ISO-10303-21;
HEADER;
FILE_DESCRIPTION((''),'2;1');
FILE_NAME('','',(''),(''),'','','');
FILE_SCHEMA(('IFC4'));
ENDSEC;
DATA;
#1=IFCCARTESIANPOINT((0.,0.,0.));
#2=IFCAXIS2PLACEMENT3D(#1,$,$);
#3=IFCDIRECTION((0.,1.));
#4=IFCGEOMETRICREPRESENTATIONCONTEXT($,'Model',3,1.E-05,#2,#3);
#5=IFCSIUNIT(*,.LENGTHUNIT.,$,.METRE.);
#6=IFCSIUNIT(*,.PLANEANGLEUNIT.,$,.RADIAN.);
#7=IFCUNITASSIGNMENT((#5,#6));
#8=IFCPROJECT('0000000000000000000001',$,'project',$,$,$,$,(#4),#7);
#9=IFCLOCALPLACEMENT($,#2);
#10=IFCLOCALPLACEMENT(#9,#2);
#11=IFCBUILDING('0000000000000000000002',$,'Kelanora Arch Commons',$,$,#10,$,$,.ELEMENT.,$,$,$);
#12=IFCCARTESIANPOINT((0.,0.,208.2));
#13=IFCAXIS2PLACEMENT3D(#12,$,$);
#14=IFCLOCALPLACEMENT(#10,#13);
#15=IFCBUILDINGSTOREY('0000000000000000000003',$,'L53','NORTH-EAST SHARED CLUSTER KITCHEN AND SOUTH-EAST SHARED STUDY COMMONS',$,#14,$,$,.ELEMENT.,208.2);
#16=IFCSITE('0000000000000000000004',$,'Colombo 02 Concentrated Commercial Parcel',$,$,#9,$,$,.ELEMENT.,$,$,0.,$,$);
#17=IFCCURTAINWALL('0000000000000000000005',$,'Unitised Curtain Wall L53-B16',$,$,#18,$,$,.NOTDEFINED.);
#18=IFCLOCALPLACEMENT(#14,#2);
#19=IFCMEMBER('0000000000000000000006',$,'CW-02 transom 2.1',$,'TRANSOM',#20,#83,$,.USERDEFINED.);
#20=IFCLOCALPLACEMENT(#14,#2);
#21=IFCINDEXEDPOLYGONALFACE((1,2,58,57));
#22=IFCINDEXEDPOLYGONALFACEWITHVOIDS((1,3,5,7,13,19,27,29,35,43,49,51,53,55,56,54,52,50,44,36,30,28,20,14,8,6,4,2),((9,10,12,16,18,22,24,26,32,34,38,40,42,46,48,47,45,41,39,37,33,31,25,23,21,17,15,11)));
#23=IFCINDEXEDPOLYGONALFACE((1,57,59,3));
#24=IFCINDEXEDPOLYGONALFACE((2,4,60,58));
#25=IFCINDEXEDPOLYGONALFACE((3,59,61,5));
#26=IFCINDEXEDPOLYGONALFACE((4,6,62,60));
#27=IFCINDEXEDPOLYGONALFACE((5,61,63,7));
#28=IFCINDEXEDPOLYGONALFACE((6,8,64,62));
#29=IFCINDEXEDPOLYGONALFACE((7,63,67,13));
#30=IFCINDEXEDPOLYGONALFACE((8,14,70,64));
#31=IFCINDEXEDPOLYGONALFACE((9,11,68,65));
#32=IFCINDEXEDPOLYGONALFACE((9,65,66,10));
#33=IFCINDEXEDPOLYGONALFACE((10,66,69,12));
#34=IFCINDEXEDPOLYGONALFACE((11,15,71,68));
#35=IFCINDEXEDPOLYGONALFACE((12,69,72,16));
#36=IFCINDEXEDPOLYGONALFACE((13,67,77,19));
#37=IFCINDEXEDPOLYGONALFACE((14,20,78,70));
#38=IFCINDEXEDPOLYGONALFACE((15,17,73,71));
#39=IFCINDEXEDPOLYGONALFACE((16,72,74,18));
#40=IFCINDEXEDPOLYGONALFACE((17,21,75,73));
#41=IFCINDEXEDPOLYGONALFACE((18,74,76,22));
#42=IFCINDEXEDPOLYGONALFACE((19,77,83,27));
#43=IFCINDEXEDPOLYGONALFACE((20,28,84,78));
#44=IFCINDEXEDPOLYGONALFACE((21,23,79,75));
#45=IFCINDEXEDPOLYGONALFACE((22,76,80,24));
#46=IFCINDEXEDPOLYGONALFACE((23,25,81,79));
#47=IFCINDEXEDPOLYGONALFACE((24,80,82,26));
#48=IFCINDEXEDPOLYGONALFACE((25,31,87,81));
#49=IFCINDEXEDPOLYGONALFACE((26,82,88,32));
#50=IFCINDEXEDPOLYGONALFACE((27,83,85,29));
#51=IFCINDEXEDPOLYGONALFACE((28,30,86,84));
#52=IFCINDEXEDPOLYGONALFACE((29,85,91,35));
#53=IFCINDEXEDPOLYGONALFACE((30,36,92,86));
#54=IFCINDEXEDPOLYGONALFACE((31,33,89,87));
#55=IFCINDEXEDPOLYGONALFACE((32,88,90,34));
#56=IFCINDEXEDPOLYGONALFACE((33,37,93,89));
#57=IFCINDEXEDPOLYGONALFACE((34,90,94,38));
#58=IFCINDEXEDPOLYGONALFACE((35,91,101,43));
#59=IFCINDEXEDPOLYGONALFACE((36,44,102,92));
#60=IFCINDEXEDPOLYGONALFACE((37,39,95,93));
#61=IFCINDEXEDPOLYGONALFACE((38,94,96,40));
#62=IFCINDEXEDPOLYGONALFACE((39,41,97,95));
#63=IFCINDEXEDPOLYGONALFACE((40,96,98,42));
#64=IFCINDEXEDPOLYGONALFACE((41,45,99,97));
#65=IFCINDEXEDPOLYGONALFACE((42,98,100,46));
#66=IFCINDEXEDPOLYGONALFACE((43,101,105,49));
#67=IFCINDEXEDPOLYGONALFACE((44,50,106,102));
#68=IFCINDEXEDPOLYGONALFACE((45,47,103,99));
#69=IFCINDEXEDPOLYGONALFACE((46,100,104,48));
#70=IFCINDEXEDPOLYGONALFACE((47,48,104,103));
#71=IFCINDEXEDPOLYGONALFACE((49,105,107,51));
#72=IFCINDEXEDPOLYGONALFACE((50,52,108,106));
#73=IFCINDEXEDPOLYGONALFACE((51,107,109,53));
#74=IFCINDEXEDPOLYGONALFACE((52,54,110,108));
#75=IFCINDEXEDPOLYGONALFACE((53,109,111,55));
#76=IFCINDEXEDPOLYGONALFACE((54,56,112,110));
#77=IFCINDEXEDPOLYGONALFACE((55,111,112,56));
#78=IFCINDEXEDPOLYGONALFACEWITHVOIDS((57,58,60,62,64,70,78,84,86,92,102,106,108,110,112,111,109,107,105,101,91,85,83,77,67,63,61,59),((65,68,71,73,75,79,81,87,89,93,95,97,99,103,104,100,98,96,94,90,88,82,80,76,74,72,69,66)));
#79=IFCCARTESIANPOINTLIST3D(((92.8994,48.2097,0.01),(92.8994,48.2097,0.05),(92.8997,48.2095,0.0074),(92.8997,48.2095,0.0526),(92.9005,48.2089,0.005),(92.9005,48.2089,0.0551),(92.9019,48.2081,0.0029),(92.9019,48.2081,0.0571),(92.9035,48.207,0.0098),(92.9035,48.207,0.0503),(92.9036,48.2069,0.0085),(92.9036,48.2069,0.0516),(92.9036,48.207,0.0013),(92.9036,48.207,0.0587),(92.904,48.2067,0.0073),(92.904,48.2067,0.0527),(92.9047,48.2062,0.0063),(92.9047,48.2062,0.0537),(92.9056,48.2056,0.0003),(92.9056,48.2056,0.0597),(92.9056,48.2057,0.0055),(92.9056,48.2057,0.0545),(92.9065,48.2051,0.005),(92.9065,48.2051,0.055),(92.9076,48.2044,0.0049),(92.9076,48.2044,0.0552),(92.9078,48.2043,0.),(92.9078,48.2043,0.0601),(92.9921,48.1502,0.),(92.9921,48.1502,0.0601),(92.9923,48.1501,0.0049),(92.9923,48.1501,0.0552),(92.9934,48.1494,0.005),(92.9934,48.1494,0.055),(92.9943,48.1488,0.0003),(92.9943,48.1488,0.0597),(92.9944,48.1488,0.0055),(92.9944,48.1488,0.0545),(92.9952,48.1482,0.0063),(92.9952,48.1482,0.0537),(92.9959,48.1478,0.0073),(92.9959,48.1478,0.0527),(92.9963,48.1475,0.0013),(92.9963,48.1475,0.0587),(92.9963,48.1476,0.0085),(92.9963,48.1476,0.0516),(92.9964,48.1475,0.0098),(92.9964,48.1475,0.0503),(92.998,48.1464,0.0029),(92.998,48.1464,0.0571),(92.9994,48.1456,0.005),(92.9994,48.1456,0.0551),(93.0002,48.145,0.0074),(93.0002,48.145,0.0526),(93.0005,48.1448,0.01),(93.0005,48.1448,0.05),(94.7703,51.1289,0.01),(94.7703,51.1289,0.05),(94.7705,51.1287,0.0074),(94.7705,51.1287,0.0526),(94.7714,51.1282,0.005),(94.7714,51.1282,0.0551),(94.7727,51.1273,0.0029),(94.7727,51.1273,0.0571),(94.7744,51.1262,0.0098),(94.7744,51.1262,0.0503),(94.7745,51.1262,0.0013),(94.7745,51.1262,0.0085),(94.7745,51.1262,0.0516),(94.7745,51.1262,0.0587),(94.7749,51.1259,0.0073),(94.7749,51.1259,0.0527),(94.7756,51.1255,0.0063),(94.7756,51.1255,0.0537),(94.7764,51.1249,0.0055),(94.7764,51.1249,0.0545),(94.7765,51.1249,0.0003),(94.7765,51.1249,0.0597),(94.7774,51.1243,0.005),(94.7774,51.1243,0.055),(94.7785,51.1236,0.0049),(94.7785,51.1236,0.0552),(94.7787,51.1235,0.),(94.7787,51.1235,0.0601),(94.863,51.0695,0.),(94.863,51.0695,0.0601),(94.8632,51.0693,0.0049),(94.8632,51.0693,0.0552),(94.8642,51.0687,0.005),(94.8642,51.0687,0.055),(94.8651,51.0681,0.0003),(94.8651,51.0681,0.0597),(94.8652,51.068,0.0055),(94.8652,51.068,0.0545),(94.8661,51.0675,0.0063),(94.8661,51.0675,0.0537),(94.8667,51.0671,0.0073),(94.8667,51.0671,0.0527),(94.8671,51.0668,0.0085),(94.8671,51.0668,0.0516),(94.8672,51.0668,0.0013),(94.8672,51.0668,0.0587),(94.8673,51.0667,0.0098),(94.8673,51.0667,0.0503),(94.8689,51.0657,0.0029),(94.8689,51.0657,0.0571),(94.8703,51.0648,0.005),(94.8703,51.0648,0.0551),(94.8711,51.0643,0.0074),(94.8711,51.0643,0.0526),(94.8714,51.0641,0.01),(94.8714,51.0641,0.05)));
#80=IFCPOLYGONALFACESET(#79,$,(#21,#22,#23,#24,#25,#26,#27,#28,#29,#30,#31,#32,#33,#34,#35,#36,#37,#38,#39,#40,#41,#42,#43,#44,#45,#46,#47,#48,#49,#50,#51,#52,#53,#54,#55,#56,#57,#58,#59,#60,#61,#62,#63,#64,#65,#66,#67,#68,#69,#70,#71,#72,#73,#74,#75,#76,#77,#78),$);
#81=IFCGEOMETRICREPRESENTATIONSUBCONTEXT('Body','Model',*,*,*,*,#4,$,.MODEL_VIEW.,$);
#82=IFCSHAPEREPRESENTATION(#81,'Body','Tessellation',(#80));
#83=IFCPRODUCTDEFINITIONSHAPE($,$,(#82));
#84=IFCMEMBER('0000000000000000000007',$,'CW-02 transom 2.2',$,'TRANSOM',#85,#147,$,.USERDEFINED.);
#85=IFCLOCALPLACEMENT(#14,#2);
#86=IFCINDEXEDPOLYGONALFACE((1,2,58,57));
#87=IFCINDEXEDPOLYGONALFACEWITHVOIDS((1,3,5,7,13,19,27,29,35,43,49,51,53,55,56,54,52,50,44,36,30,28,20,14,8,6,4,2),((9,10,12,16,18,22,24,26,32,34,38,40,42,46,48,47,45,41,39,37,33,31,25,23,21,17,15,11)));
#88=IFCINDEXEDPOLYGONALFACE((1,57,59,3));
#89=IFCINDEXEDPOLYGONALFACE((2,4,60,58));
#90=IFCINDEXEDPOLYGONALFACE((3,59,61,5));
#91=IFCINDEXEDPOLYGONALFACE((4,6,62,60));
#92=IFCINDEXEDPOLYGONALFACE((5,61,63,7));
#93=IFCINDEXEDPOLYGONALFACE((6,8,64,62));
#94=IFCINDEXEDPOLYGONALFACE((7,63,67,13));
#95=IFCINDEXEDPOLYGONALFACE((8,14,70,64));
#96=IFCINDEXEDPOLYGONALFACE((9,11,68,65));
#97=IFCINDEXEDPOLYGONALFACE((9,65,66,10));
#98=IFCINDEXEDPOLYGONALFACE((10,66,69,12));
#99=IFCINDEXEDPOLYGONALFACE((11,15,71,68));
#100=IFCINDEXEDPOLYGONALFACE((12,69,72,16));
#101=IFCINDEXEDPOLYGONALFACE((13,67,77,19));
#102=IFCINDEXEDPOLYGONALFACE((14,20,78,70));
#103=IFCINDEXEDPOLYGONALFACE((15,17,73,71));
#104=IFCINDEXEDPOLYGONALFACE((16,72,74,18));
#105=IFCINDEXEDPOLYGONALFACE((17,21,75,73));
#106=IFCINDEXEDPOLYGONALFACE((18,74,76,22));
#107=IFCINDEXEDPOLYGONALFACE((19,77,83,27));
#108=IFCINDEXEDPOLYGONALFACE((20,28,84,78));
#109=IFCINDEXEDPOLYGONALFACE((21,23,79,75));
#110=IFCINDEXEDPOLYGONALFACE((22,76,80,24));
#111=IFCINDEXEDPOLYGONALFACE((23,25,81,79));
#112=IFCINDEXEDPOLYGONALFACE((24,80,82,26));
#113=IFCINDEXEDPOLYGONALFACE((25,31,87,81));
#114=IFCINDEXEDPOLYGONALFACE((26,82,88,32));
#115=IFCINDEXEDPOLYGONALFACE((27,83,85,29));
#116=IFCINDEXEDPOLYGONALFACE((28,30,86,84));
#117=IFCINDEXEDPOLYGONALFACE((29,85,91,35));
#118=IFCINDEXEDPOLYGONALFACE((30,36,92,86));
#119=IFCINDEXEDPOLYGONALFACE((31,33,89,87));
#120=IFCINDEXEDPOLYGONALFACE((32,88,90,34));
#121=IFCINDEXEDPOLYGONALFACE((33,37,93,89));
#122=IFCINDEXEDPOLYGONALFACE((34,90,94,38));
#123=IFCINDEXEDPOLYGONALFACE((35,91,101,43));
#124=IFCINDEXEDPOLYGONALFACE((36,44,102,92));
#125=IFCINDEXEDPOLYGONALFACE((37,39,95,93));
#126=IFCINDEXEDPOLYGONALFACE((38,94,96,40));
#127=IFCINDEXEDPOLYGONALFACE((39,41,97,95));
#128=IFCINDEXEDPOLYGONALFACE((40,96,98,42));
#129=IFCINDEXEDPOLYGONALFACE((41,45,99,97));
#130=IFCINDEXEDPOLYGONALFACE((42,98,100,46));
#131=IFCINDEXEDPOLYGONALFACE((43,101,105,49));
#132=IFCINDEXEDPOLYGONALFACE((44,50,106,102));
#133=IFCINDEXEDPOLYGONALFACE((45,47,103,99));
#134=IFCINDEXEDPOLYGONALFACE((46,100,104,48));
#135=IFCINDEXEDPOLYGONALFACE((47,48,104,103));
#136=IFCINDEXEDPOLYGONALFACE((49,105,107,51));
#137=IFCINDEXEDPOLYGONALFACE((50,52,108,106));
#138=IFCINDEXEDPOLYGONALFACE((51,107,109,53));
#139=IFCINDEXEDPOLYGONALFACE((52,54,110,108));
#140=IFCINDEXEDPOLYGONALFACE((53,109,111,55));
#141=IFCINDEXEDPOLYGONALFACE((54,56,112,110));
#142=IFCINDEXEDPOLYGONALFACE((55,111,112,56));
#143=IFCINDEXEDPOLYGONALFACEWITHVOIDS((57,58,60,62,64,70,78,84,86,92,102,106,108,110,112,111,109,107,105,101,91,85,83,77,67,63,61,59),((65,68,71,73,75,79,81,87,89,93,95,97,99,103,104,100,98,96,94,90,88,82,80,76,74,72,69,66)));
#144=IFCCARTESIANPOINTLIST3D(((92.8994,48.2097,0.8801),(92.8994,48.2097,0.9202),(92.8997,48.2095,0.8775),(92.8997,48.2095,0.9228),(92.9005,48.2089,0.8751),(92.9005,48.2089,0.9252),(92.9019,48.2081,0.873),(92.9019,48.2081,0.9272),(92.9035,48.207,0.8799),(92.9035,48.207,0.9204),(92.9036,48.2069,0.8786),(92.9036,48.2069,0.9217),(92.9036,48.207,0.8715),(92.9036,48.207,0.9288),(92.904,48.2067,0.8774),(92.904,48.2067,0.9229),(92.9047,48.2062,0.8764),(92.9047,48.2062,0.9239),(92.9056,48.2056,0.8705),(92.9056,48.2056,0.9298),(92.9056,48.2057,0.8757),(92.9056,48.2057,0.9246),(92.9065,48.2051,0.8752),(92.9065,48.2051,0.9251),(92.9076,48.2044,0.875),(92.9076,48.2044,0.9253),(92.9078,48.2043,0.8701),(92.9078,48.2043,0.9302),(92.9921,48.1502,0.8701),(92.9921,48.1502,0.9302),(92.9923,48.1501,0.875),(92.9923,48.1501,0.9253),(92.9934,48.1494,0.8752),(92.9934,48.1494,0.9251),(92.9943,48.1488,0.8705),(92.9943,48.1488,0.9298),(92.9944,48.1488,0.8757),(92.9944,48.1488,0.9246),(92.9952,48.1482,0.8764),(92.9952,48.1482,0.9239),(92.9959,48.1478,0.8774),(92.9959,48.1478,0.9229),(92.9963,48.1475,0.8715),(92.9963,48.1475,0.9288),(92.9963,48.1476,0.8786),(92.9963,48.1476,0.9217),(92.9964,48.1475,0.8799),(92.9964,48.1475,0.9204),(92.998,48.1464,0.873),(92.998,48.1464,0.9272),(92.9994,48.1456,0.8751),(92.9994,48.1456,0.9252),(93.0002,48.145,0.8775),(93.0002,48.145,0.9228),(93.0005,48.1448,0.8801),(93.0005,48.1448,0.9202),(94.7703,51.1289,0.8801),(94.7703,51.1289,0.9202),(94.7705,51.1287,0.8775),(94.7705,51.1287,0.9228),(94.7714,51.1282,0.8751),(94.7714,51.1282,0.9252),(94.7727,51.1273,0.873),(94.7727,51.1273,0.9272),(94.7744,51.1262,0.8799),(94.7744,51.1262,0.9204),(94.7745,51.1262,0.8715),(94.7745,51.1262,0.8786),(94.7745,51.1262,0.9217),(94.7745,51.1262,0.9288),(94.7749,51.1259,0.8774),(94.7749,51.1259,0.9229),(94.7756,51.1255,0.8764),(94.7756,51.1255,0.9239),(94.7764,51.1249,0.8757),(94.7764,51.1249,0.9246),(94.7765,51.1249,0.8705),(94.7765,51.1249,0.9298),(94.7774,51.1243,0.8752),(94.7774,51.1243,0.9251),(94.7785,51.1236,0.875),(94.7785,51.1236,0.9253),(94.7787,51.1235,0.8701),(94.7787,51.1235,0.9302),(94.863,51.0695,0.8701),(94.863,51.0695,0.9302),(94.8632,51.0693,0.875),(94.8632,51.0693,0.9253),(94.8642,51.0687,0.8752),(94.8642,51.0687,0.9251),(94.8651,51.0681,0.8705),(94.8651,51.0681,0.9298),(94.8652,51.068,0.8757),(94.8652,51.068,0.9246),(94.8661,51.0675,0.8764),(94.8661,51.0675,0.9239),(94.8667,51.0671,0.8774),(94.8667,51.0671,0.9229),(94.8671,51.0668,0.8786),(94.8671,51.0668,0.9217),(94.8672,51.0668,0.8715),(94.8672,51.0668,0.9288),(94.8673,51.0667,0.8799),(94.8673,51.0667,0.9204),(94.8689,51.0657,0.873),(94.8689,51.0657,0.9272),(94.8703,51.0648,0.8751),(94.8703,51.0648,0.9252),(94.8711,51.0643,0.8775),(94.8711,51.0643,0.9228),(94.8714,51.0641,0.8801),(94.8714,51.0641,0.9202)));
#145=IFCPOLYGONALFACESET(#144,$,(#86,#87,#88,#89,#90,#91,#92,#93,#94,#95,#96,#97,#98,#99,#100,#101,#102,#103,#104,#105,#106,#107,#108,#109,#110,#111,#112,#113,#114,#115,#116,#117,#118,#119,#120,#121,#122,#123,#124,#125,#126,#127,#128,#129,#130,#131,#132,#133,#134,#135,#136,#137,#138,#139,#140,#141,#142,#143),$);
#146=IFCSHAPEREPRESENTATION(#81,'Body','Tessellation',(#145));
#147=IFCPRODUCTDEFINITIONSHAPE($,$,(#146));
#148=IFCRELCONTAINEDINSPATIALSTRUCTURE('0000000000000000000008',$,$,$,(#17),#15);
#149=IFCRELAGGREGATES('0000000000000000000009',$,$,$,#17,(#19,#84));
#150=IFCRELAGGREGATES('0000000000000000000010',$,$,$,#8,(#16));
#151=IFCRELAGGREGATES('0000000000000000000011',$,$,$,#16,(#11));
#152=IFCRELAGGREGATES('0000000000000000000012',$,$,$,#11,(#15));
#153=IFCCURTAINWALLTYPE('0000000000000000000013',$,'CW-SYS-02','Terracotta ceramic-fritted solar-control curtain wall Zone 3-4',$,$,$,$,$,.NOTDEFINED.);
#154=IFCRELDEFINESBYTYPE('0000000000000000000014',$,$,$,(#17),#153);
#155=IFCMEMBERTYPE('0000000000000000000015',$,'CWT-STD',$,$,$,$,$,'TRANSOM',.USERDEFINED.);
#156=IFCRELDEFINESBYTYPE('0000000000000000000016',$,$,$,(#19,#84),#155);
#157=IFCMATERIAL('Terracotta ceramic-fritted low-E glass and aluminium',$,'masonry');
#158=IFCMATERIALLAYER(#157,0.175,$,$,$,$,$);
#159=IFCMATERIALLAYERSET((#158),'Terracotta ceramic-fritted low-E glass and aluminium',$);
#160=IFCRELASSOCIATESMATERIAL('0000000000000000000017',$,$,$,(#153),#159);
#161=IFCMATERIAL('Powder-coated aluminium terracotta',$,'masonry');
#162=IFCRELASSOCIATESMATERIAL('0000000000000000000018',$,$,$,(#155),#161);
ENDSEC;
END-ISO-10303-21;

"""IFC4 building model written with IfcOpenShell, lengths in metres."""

from ifc_helpers import new_model, si_unit, direction, frame, origin, origin_2d, place, context, subcontext, project, spatial, hollow_rectangle, extrude, material, layer, layer_set, material_profile, profile_set, type_object, element, aggregate, save


model = new_model("IFC4")

# Units and contexts
model_context = context("Model", 3, precision=1e-05, world=origin(), true_north=direction((0.0, 1.0)))
body_context = subcontext(model_context, "Body", "Model", "MODEL_VIEW")
ifc_project = project(units=[si_unit("LENGTHUNIT", "METRE"), si_unit("PLANEANGLEUNIT", "RADIAN")], contexts=[model_context])

# Site, building, storey
site_placement = place(None, origin())
site = spatial("IfcSite", under=ifc_project, at=site_placement, Name="Colombo 02 Concentrated Commercial Parcel", CompositionType="ELEMENT", RefElevation=0.0)
building_placement = place(site_placement, origin())
building = spatial("IfcBuilding", under=site, at=building_placement, Name="Kelanora Arch Commons", CompositionType="ELEMENT")
storey_placement = place(building_placement, frame((0.0, 0.0, 208.2)))
storey = spatial("IfcBuildingStorey", under=building, at=storey_placement, Name="L53", Description="NORTH-EAST SHARED CLUSTER KITCHEN AND SOUTH-EAST SHARED STUDY COMMONS", CompositionType="ELEMENT", Elevation=208.2)

# Curtain wall, members
ifc_material_1 = material(Name="Terracotta ceramic-fritted low-E glass and aluminium", Category="masonry")
ifc_layer_1 = layer(ifc_material_1, 0.175)
ifc_layer_set_1 = layer_set([ifc_layer_1], Name="Terracotta ceramic-fritted low-E glass and aluminium")
curtain_wall_type = type_object("IfcCurtainWallType", Name="CW-SYS-02", Description="Terracotta ceramic-fritted solar-control curtain wall Zone 3-4", PredefinedType="NOTDEFINED", material=ifc_layer_set_1)
curtain_wall_placement = place(storey_placement, origin())
curtain_wall = element("IfcCurtainWall", 1, at=curtain_wall_placement, inside=storey, type_object=curtain_wall_type, Name="Unitised Curtain Wall L53-B16", PredefinedType="NOTDEFINED")
ifc_material_2 = material(Name="Powder-coated aluminium terracotta", Category="masonry")
ifc_material_profile_1 = material_profile(ifc_material_2, hollow_rectangle(XDim=0.1201, YDim=0.0601, WallThickness=0.0049, InnerFilletRadius=0.0049, OuterFilletRadius=0.01, at=origin_2d()), Name="CWT120x60")
ifc_profile_set_1 = profile_set([ifc_material_profile_1], Name="Powder-coated aluminium terracotta")
member_type_1 = type_object("IfcMemberType", Name="CWT-STD", ElementType="TRANSOM", PredefinedType="USERDEFINED", material=ifc_profile_set_1)
member_1_placement = place(storey_placement, frame((92.95, 48.1772, 0.03), z_axis=(0.539579, 0.841935, 0.0), x_axis=(-0.841935, 0.539579, 0.0)))
member_1 = element("IfcMember", 2, at=member_1_placement, type_object=member_type_1, Name="CW-02 transom 2.1", ObjectType="TRANSOM", PredefinedType="USERDEFINED", context=body_context, shape_type="SweptSolid", body=[
    extrude(hollow_rectangle(XDim=0.1201, YDim=0.0601, WallThickness=0.0049, InnerFilletRadius=0.0049, OuterFilletRadius=0.01, at=origin_2d()), origin(), (0.0, 0.0, 1.0), 3.4673),
])
member_2_placement = place(storey_placement, frame((92.95, 48.1772, 0.9001), z_axis=(0.539579, 0.841935, 0.0), x_axis=(-0.841935, 0.539579, 0.0)))
member_2 = element("IfcMember", 3, at=member_2_placement, type_object=member_type_1, Name="CW-02 transom 2.2", ObjectType="TRANSOM", PredefinedType="USERDEFINED", context=body_context, shape_type="SweptSolid", body=[
    extrude(hollow_rectangle(XDim=0.1201, YDim=0.0601, WallThickness=0.0049, InnerFilletRadius=0.0049, OuterFilletRadius=0.01, at=origin_2d()), origin(), (0.0, 0.0, 1.0), 3.4673),
])
aggregate(curtain_wall, [member_1, member_2])

save(model, "model.ifc")
